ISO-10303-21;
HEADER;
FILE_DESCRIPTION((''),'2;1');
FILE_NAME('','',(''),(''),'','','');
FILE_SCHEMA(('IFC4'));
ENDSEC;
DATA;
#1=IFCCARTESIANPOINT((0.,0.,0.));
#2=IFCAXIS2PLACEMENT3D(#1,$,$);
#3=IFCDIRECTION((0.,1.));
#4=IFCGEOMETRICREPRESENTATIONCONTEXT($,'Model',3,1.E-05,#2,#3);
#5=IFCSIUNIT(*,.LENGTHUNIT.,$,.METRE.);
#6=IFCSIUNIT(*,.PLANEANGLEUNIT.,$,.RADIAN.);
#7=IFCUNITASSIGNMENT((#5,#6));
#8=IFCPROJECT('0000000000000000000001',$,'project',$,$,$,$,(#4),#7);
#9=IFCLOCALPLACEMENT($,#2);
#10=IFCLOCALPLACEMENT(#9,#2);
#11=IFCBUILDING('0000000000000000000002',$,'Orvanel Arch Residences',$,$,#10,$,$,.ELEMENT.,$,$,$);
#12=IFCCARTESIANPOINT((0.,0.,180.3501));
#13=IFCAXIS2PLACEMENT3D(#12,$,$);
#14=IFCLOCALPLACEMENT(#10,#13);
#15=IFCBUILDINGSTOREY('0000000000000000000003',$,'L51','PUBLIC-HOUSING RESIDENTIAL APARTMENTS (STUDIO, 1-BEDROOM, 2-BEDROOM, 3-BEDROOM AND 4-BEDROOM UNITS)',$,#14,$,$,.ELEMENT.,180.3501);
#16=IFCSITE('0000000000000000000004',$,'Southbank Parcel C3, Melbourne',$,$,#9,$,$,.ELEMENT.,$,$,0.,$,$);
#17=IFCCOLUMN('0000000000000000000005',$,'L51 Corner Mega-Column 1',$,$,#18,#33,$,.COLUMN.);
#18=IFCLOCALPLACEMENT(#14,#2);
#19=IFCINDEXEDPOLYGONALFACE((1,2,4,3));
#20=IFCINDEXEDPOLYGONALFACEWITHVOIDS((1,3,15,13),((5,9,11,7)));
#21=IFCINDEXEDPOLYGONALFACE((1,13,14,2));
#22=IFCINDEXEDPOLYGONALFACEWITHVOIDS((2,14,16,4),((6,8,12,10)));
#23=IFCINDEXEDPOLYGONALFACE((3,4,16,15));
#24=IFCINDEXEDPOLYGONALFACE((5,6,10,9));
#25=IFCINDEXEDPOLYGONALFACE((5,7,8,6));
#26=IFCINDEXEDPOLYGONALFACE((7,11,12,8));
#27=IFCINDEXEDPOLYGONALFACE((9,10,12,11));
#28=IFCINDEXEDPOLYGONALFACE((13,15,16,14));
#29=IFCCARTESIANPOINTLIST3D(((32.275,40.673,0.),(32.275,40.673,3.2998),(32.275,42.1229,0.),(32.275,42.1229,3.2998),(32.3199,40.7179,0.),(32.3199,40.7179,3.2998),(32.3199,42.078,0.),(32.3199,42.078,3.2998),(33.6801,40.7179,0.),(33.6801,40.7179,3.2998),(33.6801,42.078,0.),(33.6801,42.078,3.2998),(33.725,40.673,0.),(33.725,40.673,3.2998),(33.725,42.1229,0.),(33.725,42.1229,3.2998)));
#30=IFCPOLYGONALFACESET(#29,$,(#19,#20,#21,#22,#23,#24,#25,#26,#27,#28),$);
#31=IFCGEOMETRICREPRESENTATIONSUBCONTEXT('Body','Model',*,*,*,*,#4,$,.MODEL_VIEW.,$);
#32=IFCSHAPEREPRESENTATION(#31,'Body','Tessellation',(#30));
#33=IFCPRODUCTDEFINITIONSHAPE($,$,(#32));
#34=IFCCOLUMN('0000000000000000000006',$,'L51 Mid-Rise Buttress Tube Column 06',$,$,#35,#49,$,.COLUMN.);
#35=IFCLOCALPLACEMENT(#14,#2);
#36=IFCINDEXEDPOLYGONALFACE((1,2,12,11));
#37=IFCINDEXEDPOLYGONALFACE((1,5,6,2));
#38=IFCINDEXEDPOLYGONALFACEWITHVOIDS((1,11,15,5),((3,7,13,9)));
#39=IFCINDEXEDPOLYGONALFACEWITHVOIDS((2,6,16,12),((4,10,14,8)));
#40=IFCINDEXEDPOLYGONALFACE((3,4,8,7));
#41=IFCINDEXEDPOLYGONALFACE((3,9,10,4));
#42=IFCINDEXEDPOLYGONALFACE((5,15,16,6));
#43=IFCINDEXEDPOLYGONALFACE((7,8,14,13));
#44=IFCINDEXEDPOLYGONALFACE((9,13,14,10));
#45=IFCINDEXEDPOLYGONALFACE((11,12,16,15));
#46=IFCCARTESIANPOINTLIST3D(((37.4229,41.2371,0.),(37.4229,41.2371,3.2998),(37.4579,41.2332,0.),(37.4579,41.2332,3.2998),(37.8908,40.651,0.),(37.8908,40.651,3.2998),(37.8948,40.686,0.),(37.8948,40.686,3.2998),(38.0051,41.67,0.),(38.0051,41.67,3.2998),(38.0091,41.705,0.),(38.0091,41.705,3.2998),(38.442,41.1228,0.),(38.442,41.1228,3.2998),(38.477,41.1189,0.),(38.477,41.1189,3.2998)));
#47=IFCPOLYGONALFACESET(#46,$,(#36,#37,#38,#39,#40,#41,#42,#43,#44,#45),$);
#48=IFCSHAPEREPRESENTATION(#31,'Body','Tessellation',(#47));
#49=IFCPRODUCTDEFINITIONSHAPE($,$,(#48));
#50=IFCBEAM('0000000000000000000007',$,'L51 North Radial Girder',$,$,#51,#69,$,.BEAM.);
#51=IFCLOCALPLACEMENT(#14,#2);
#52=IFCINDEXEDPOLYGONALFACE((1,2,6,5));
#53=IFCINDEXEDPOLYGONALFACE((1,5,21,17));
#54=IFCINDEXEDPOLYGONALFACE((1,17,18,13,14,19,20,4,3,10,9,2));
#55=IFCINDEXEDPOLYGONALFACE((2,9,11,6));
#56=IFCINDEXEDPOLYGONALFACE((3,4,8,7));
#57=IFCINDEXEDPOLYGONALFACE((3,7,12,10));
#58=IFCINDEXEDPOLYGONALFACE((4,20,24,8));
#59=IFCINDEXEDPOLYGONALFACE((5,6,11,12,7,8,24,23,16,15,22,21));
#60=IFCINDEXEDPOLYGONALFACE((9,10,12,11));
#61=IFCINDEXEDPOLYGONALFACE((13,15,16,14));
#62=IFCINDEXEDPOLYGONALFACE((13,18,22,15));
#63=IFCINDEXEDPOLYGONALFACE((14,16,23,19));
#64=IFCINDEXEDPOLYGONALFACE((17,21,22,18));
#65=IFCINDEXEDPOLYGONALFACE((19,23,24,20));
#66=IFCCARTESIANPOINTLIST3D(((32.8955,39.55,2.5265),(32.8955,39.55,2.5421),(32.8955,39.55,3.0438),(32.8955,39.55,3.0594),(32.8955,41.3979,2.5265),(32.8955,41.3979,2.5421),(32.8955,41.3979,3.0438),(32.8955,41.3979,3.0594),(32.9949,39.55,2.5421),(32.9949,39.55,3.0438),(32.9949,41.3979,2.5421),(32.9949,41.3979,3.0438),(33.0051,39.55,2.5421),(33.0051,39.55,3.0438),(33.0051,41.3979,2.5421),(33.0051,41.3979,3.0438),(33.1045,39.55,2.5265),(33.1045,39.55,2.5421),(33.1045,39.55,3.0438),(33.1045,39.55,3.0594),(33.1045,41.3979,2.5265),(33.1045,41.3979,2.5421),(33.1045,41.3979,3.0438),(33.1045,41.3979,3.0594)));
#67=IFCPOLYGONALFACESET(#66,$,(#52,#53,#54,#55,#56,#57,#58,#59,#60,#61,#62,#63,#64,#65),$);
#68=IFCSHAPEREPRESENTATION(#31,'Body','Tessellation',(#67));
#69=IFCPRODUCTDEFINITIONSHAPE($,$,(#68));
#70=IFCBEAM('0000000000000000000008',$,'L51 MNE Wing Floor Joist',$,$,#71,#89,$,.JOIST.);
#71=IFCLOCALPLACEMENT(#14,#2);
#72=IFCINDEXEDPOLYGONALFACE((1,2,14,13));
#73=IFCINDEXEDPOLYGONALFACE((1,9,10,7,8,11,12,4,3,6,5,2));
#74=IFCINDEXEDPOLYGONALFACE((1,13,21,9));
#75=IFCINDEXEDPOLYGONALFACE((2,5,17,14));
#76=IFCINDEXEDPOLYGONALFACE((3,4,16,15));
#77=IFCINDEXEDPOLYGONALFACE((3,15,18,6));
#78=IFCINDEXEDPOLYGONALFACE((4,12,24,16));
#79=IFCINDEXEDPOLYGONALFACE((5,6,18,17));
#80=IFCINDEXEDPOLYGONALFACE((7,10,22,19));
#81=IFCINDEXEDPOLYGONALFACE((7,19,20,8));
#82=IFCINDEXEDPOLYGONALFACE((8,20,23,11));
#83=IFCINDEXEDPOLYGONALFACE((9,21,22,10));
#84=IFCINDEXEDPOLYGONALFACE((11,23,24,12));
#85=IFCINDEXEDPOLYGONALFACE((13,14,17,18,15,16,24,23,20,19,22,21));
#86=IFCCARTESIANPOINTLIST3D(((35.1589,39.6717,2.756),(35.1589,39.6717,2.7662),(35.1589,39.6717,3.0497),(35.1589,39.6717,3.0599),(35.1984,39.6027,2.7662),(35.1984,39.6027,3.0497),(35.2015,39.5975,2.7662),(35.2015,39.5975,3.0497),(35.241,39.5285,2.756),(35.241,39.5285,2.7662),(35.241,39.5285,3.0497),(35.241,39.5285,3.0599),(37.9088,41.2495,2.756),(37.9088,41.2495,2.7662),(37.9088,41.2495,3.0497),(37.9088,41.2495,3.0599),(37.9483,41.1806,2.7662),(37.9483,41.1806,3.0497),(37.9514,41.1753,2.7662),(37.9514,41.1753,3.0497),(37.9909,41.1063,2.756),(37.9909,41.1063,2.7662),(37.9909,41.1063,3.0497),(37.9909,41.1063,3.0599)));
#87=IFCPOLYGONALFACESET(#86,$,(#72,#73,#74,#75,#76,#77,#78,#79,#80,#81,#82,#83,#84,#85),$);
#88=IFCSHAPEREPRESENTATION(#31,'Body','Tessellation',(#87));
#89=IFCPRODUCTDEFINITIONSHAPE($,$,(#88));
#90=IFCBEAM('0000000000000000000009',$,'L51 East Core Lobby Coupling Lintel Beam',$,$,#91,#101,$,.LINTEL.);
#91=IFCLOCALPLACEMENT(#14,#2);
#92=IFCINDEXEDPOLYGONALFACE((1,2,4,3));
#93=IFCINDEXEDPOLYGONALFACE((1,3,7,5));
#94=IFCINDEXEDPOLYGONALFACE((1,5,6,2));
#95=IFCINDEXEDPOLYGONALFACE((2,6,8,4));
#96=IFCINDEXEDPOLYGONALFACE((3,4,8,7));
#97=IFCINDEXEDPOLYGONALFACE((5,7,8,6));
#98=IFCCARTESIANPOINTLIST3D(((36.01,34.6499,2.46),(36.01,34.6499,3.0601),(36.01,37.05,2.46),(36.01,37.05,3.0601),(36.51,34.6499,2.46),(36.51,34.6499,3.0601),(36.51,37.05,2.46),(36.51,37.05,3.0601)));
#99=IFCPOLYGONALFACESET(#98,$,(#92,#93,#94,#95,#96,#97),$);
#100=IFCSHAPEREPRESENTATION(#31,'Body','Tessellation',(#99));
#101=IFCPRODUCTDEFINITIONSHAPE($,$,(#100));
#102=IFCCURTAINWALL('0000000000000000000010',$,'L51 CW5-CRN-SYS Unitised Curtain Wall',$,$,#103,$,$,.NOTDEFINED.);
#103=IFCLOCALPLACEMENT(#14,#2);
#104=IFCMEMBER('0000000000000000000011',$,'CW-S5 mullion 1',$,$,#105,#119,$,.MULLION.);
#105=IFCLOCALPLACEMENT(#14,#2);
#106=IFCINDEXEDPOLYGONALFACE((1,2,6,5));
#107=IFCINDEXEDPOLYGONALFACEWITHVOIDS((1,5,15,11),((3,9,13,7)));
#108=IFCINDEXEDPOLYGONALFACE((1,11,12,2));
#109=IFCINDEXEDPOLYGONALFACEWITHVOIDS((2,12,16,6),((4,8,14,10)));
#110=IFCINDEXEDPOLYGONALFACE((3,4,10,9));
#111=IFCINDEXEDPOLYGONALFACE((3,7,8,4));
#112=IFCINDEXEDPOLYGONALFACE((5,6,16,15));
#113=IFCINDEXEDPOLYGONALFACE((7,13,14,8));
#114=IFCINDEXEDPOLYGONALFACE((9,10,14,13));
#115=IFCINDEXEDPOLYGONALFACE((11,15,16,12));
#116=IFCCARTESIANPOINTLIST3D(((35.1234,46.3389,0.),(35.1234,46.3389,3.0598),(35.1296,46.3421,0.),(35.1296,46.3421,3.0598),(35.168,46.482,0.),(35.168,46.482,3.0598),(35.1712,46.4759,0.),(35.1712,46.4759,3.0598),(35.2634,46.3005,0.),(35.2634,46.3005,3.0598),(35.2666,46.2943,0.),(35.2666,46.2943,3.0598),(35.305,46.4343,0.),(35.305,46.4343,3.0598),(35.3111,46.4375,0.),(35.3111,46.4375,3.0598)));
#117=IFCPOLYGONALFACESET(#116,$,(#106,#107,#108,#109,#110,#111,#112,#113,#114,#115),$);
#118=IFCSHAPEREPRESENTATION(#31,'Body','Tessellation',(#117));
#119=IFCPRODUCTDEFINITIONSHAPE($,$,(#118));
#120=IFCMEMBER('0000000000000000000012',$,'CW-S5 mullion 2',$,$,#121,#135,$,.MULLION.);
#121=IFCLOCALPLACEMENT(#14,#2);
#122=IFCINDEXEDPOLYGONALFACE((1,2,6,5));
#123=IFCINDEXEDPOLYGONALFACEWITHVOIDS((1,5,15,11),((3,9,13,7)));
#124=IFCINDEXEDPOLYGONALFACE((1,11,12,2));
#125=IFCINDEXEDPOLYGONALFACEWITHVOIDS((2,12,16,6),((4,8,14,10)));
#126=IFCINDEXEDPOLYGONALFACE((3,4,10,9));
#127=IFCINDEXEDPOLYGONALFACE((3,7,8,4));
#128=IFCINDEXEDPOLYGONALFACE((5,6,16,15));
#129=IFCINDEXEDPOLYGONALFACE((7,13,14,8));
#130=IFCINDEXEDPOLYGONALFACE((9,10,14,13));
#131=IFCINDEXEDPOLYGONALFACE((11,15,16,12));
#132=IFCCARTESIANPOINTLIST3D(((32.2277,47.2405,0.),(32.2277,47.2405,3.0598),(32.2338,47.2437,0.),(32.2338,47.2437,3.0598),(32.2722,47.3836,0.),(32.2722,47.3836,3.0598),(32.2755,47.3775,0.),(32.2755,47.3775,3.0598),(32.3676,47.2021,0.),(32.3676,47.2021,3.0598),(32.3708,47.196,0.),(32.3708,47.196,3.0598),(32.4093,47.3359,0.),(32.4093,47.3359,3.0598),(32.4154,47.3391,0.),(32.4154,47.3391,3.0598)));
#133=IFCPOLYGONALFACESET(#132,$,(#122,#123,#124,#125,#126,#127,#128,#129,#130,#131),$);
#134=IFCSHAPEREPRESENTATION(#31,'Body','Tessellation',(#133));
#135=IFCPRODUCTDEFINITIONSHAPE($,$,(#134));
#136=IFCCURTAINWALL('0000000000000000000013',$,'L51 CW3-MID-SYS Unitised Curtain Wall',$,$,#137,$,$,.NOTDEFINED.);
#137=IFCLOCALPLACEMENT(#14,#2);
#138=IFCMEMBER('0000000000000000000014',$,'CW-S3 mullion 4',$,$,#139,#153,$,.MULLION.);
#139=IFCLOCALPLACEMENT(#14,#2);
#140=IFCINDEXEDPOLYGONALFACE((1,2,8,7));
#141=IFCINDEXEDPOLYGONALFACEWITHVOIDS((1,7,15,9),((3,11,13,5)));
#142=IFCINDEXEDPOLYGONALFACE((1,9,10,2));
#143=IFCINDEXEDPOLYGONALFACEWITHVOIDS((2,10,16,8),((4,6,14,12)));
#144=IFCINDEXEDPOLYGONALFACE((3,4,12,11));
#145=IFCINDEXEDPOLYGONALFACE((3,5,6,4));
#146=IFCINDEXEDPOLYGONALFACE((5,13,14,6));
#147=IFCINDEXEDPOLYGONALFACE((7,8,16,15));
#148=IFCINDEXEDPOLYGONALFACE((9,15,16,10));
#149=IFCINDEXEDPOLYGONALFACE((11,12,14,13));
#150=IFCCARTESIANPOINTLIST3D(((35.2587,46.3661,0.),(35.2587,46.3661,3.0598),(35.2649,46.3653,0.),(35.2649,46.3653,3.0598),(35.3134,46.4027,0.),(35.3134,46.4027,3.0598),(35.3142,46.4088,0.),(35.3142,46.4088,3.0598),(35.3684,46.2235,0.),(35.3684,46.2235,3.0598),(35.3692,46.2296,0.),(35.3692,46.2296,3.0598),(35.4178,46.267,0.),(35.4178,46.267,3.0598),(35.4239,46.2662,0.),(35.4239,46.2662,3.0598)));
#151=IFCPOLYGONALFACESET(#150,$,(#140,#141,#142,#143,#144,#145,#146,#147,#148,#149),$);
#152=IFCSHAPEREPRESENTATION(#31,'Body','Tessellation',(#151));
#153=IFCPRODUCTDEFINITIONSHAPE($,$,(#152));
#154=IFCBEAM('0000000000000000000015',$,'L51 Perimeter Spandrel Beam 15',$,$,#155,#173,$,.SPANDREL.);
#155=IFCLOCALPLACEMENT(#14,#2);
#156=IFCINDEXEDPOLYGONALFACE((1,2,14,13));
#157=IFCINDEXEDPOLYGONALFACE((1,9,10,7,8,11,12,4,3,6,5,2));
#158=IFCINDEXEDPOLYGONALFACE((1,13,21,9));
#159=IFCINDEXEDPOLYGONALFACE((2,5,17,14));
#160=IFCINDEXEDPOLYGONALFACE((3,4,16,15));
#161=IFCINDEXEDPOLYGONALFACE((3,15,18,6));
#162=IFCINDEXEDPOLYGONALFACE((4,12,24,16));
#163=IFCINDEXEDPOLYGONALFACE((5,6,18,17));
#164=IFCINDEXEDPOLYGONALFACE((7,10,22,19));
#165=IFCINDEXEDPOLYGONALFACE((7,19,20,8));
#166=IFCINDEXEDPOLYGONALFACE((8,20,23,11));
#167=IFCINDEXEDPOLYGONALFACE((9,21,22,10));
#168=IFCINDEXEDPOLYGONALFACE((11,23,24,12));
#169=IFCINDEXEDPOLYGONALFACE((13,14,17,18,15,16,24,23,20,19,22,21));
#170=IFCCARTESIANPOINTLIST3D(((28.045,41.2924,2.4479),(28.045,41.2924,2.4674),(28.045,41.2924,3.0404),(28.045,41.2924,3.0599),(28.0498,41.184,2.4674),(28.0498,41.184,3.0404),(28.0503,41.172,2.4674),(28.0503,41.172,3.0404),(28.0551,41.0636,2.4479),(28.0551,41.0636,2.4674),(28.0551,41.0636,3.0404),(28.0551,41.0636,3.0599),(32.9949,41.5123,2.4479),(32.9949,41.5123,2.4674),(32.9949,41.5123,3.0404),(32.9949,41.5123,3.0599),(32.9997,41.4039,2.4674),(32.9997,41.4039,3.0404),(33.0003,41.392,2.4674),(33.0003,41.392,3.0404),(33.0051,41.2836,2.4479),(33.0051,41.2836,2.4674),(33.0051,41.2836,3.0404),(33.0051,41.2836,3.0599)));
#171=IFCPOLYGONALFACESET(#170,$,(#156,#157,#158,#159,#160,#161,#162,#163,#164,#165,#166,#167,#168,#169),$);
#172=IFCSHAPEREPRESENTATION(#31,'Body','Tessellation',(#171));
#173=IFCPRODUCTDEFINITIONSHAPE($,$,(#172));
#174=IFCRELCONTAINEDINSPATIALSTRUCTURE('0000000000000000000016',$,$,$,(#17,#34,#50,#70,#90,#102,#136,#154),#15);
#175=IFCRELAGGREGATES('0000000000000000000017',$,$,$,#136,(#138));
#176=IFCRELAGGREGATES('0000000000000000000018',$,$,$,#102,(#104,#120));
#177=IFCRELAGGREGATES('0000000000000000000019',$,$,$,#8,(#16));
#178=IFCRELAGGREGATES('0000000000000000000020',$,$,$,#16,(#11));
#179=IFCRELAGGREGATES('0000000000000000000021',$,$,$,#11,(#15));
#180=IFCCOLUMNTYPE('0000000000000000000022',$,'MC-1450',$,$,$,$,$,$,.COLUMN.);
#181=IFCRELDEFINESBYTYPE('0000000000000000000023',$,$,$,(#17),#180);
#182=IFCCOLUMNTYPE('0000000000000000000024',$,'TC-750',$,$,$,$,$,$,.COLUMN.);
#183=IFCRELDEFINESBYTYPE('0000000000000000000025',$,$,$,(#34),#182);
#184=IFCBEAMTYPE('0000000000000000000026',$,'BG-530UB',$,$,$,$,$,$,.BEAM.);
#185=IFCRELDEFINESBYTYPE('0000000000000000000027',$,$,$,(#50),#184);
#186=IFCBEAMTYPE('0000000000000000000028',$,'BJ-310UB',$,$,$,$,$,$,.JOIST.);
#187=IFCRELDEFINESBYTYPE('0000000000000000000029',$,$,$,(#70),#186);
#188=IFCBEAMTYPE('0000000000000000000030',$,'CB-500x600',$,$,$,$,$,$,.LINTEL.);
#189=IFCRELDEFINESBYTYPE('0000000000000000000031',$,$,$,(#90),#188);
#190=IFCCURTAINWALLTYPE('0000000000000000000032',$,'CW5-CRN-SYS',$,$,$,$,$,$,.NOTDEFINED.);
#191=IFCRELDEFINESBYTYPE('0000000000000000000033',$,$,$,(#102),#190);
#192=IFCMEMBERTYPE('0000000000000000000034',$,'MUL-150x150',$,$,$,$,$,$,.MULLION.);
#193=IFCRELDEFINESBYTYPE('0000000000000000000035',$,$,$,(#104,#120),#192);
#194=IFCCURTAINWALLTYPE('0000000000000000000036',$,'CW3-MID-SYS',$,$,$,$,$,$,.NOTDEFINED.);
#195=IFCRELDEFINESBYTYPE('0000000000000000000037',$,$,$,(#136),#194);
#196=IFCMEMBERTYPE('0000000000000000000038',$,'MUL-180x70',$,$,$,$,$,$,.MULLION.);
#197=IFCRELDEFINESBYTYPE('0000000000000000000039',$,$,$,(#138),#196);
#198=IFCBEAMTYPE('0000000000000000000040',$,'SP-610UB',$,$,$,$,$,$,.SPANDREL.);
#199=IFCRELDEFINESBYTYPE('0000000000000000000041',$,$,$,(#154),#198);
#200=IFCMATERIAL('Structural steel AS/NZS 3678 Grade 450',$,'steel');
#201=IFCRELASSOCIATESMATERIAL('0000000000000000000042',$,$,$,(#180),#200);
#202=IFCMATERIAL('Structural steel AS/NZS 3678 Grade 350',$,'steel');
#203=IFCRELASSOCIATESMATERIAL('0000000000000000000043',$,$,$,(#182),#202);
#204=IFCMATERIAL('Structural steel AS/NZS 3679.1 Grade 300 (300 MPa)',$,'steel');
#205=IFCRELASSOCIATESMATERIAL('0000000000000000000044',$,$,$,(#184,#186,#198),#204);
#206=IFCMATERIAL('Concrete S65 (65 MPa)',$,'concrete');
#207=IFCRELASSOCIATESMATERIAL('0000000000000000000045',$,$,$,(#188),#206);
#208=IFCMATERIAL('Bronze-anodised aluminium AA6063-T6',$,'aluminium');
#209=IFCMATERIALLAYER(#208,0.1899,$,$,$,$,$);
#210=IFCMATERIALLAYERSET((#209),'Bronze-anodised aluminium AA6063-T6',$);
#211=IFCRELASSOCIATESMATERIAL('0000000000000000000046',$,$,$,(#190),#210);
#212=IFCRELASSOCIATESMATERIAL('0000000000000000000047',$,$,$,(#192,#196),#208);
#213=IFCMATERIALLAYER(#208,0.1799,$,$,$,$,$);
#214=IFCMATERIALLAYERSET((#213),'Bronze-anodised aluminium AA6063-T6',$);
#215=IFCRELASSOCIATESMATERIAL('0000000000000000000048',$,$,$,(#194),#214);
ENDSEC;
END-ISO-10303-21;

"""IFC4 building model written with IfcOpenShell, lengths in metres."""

from ifc_helpers import new_model, si_unit, direction, frame, origin, origin_2d, place, context, subcontext, project, spatial, rectangle, hollow_rectangle, i_section, extrude, material, layer, layer_set, material_profile, profile_set, type_object, element, aggregate, save


model = new_model("IFC4")

# Units and contexts
model_context = context("Model", 3, precision=1e-05, world=origin(), true_north=direction((0.0, 1.0)))
body_context = subcontext(model_context, "Body", "Model", "MODEL_VIEW")
ifc_project = project(units=[si_unit("LENGTHUNIT", "METRE"), si_unit("PLANEANGLEUNIT", "RADIAN")], contexts=[model_context])

# Site, building, storey
site_placement = place(None, origin())
site = spatial("IfcSite", under=ifc_project, at=site_placement, Name="Southbank Parcel C3, Melbourne", CompositionType="ELEMENT", RefElevation=0.0)
building_placement = place(site_placement, origin())
building = spatial("IfcBuilding", under=site, at=building_placement, Name="Orvanel Arch Residences", CompositionType="ELEMENT")
storey_placement = place(building_placement, frame((0.0, 0.0, 180.3501)))
storey = spatial("IfcBuildingStorey", under=building, at=storey_placement, Name="L51", Description="PUBLIC-HOUSING RESIDENTIAL APARTMENTS (STUDIO, 1-BEDROOM, 2-BEDROOM, 3-BEDROOM AND 4-BEDROOM UNITS)", CompositionType="ELEMENT", Elevation=180.3501)

# Columns
ifc_material_1 = material(Name="Structural steel AS/NZS 3678 Grade 450", Category="steel")
ifc_material_profile_1 = material_profile(ifc_material_1, hollow_rectangle(XDim=1.45, YDim=1.45, WallThickness=0.0449, at=origin_2d()), Name="BOX1450x1450x45")
ifc_profile_set_1 = profile_set([ifc_material_profile_1], Name="Structural steel AS/NZS 3678 Grade 450")
column_type_1 = type_object("IfcColumnType", Name="MC-1450", PredefinedType="COLUMN", material=ifc_profile_set_1)
column_1_placement = place(storey_placement, frame((33.0, 41.3979, 0.0), z_axis=(0.0, 0.0, 1.0), x_axis=(1.0, 0.0, 0.0)))
element("IfcColumn", 1, at=column_1_placement, inside=storey, type_object=column_type_1, Name="L51 Corner Mega-Column 1", PredefinedType="COLUMN", context=body_context, shape_type="SweptSolid", body=[
    extrude(hollow_rectangle(XDim=1.45, YDim=1.45, WallThickness=0.0449, at=origin_2d()), origin(), (0.0, 0.0, 1.0), 3.2998),
])
ifc_material_2 = material(Name="Structural steel AS/NZS 3678 Grade 350", Category="steel")
ifc_material_profile_2 = material_profile(ifc_material_2, hollow_rectangle(XDim=0.75, YDim=0.75, WallThickness=0.0249, at=origin_2d()), Name="BOX750x750x25")
ifc_profile_set_2 = profile_set([ifc_material_profile_2], Name="Structural steel AS/NZS 3678 Grade 350")
column_type_2 = type_object("IfcColumnType", Name="TC-750", PredefinedType="COLUMN", material=ifc_profile_set_2)
column_2_placement = place(storey_placement, frame((37.95, 41.178, 0.0), z_axis=(0.0, 0.0, 1.0), x_axis=(-0.62388, 0.78152, 0.0)))
element("IfcColumn", 2, at=column_2_placement, inside=storey, type_object=column_type_2, Name="L51 Mid-Rise Buttress Tube Column 06", PredefinedType="COLUMN", context=body_context, shape_type="SweptSolid", body=[
    extrude(hollow_rectangle(XDim=0.75, YDim=0.75, WallThickness=0.0249, at=origin_2d()), origin(), (0.0, 0.0, 1.0), 3.2998),
])

# Beams
ifc_material_3 = material(Name="Structural steel AS/NZS 3679.1 Grade 300 (300 MPa)", Category="steel")
ifc_material_profile_3 = material_profile(ifc_material_3, i_section(OverallWidth=0.209, OverallDepth=0.533, WebThickness=0.0103, FlangeThickness=0.0156, at=origin_2d()), Name="530UB92.4")
ifc_profile_set_3 = profile_set([ifc_material_profile_3], Name="Structural steel AS/NZS 3679.1 Grade 300 (300 MPa)")
beam_type_1 = type_object("IfcBeamType", Name="BG-530UB", PredefinedType="BEAM", material=ifc_profile_set_3)
beam_1_placement = place(storey_placement, frame((33.0, 39.55, 2.793), z_axis=(0.0, 1.0, 0.0), x_axis=(-1.0, 0.0, 0.0)))
element("IfcBeam", 3, at=beam_1_placement, inside=storey, type_object=beam_type_1, Name="L51 North Radial Girder", PredefinedType="BEAM", context=body_context, shape_type="SweptSolid", body=[
    extrude(i_section(OverallWidth=0.209, OverallDepth=0.533, WebThickness=0.0103, FlangeThickness=0.0156, at=origin_2d()), origin(), (0.0, 0.0, 1.0), 1.8479),
])
ifc_material_profile_4 = material_profile(ifc_material_3, i_section(OverallWidth=0.165, OverallDepth=0.304, WebThickness=0.0061, FlangeThickness=0.0103, at=origin_2d()), Name="310UB40.4")
ifc_profile_set_4 = profile_set([ifc_material_profile_4], Name="Structural steel AS/NZS 3679.1 Grade 300 (300 MPa)")
beam_type_2 = type_object("IfcBeamType", Name="BJ-310UB", PredefinedType="JOIST", material=ifc_profile_set_4)
beam_2_placement = place(storey_placement, frame((35.2, 39.6001, 2.908), z_axis=(0.867365, 0.497672, 0.0), x_axis=(-0.497672, 0.867365, 0.0)))
element("IfcBeam", 4, at=beam_2_placement, inside=storey, type_object=beam_type_2, Name="L51 MNE Wing Floor Joist", PredefinedType="JOIST", context=body_context, shape_type="SweptSolid", body=[
    extrude(i_section(OverallWidth=0.165, OverallDepth=0.304, WebThickness=0.0061, FlangeThickness=0.0103, at=origin_2d()), origin(), (0.0, 0.0, 1.0), 3.1704),
])
ifc_material_4 = material(Name="Concrete S65 (65 MPa)", Category="concrete")
ifc_material_profile_5 = material_profile(ifc_material_4, rectangle(XDim=0.5, YDim=0.6001, at=origin_2d()), Name="RC500x600")
ifc_profile_set_5 = profile_set([ifc_material_profile_5], Name="Concrete S65 (65 MPa)")
beam_type_3 = type_object("IfcBeamType", Name="CB-500x600", PredefinedType="LINTEL", material=ifc_profile_set_5)
beam_3_placement = place(storey_placement, frame((36.26, 34.6499, 2.76), z_axis=(0.0, 1.0, 0.0), x_axis=(-1.0, 0.0, 0.0)))
element("IfcBeam", 5, at=beam_3_placement, inside=storey, type_object=beam_type_3, Name="L51 East Core Lobby Coupling Lintel Beam", PredefinedType="LINTEL", context=body_context, shape_type="SweptSolid", body=[
    extrude(rectangle(XDim=0.5, YDim=0.6001, at=origin_2d()), origin(), (0.0, 0.0, 1.0), 2.4001),
])

# Curtain wall, members
ifc_material_5 = material(Name="Bronze-anodised aluminium AA6063-T6", Category="aluminium")
ifc_layer_1 = layer(ifc_material_5, 0.1899)
ifc_layer_set_1 = layer_set([ifc_layer_1], Name="Bronze-anodised aluminium AA6063-T6")
curtain_wall_type_1 = type_object("IfcCurtainWallType", Name="CW5-CRN-SYS", PredefinedType="NOTDEFINED", material=ifc_layer_set_1)
curtain_wall_1_placement = place(storey_placement, origin())
curtain_wall_1 = element("IfcCurtainWall", 6, at=curtain_wall_1_placement, inside=storey, type_object=curtain_wall_type_1, Name="L51 CW5-CRN-SYS Unitised Curtain Wall", PredefinedType="NOTDEFINED")
ifc_material_profile_6 = material_profile(ifc_material_5, hollow_rectangle(XDim=0.1499, YDim=0.1499, WallThickness=0.0049, at=origin_2d()), Name="ALU150x150x5")
ifc_profile_set_6 = profile_set([ifc_material_profile_6], Name="Bronze-anodised aluminium AA6063-T6")
member_type_1 = type_object("IfcMemberType", Name="MUL-150x150", PredefinedType="MULLION", material=ifc_profile_set_6)
member_1_placement = place(storey_placement, frame((35.2173, 46.3882, 0.0), z_axis=(0.0, 0.0, 1.0), x_axis=(-0.297219, -0.954809, 0.0)))
member_1 = element("IfcMember", 7, at=member_1_placement, type_object=member_type_1, Name="CW-S5 mullion 1", PredefinedType="MULLION", context=body_context, shape_type="SweptSolid", body=[
    extrude(hollow_rectangle(XDim=0.1499, YDim=0.1499, WallThickness=0.0049, at=origin_2d()), origin(), (0.0, 0.0, 1.0), 3.0598),
])
member_2_placement = place(storey_placement, frame((32.3215, 47.2898, 0.0), z_axis=(0.0, 0.0, 1.0), x_axis=(-0.297219, -0.954809, 0.0)))
member_2 = element("IfcMember", 8, at=member_2_placement, type_object=member_type_1, Name="CW-S5 mullion 2", PredefinedType="MULLION", context=body_context, shape_type="SweptSolid", body=[
    extrude(hollow_rectangle(XDim=0.1499, YDim=0.1499, WallThickness=0.0049, at=origin_2d()), origin(), (0.0, 0.0, 1.0), 3.0598),
])

# Curtain wall, member
ifc_layer_2 = layer(ifc_material_5, 0.1799)
ifc_layer_set_2 = layer_set([ifc_layer_2], Name="Bronze-anodised aluminium AA6063-T6")
curtain_wall_type_2 = type_object("IfcCurtainWallType", Name="CW3-MID-SYS", PredefinedType="NOTDEFINED", material=ifc_layer_set_2)
curtain_wall_2_placement = place(storey_placement, origin())
curtain_wall_2 = element("IfcCurtainWall", 9, at=curtain_wall_2_placement, inside=storey, type_object=curtain_wall_type_2, Name="L51 CW3-MID-SYS Unitised Curtain Wall", PredefinedType="NOTDEFINED")
ifc_material_profile_7 = material_profile(ifc_material_5, hollow_rectangle(XDim=0.0701, YDim=0.1799, WallThickness=0.0044, at=origin_2d()), Name="ALU180x70x4.5")
ifc_profile_set_7 = profile_set([ifc_material_profile_7], Name="Bronze-anodised aluminium AA6063-T6")
member_type_2 = type_object("IfcMemberType", Name="MUL-180x70", PredefinedType="MULLION", material=ifc_profile_set_7)
member_3_placement = place(storey_placement, frame((35.3413, 46.3162, 0.0), z_axis=(0.0, 0.0, 1.0), x_axis=(-0.792761, -0.609533, 0.0)))
member_3 = element("IfcMember", 10, at=member_3_placement, type_object=member_type_2, Name="CW-S3 mullion 4", PredefinedType="MULLION", context=body_context, shape_type="SweptSolid", body=[
    extrude(hollow_rectangle(XDim=0.0701, YDim=0.1799, WallThickness=0.0044, at=origin_2d()), origin(), (0.0, 0.0, 1.0), 3.0598),
])

# Beam
ifc_material_profile_8 = material_profile(ifc_material_3, i_section(OverallWidth=0.229, OverallDepth=0.6121, WebThickness=0.012, FlangeThickness=0.0195, at=origin_2d()), Name="610UB125")
ifc_profile_set_8 = profile_set([ifc_material_profile_8], Name="Structural steel AS/NZS 3679.1 Grade 300 (300 MPa)")
beam_type_4 = type_object("IfcBeamType", Name="SP-610UB", PredefinedType="SPANDREL", material=ifc_profile_set_8)
beam_4_placement = place(storey_placement, frame((33.0, 41.3979, 2.7539), z_axis=(-0.999014, -0.044395, 0.0), x_axis=(0.044395, -0.999014, 0.0)))
element("IfcBeam", 11, at=beam_4_placement, inside=storey, type_object=beam_type_4, Name="L51 Perimeter Spandrel Beam 15", PredefinedType="SPANDREL", context=body_context, shape_type="SweptSolid", body=[
    extrude(i_section(OverallWidth=0.229, OverallDepth=0.6121, WebThickness=0.012, FlangeThickness=0.0195, at=origin_2d()), origin(), (0.0, 0.0, 1.0), 4.9548),
])

aggregate(curtain_wall_2, [member_3])
aggregate(curtain_wall_1, [member_1, member_2])

save(model, "model.ifc")
